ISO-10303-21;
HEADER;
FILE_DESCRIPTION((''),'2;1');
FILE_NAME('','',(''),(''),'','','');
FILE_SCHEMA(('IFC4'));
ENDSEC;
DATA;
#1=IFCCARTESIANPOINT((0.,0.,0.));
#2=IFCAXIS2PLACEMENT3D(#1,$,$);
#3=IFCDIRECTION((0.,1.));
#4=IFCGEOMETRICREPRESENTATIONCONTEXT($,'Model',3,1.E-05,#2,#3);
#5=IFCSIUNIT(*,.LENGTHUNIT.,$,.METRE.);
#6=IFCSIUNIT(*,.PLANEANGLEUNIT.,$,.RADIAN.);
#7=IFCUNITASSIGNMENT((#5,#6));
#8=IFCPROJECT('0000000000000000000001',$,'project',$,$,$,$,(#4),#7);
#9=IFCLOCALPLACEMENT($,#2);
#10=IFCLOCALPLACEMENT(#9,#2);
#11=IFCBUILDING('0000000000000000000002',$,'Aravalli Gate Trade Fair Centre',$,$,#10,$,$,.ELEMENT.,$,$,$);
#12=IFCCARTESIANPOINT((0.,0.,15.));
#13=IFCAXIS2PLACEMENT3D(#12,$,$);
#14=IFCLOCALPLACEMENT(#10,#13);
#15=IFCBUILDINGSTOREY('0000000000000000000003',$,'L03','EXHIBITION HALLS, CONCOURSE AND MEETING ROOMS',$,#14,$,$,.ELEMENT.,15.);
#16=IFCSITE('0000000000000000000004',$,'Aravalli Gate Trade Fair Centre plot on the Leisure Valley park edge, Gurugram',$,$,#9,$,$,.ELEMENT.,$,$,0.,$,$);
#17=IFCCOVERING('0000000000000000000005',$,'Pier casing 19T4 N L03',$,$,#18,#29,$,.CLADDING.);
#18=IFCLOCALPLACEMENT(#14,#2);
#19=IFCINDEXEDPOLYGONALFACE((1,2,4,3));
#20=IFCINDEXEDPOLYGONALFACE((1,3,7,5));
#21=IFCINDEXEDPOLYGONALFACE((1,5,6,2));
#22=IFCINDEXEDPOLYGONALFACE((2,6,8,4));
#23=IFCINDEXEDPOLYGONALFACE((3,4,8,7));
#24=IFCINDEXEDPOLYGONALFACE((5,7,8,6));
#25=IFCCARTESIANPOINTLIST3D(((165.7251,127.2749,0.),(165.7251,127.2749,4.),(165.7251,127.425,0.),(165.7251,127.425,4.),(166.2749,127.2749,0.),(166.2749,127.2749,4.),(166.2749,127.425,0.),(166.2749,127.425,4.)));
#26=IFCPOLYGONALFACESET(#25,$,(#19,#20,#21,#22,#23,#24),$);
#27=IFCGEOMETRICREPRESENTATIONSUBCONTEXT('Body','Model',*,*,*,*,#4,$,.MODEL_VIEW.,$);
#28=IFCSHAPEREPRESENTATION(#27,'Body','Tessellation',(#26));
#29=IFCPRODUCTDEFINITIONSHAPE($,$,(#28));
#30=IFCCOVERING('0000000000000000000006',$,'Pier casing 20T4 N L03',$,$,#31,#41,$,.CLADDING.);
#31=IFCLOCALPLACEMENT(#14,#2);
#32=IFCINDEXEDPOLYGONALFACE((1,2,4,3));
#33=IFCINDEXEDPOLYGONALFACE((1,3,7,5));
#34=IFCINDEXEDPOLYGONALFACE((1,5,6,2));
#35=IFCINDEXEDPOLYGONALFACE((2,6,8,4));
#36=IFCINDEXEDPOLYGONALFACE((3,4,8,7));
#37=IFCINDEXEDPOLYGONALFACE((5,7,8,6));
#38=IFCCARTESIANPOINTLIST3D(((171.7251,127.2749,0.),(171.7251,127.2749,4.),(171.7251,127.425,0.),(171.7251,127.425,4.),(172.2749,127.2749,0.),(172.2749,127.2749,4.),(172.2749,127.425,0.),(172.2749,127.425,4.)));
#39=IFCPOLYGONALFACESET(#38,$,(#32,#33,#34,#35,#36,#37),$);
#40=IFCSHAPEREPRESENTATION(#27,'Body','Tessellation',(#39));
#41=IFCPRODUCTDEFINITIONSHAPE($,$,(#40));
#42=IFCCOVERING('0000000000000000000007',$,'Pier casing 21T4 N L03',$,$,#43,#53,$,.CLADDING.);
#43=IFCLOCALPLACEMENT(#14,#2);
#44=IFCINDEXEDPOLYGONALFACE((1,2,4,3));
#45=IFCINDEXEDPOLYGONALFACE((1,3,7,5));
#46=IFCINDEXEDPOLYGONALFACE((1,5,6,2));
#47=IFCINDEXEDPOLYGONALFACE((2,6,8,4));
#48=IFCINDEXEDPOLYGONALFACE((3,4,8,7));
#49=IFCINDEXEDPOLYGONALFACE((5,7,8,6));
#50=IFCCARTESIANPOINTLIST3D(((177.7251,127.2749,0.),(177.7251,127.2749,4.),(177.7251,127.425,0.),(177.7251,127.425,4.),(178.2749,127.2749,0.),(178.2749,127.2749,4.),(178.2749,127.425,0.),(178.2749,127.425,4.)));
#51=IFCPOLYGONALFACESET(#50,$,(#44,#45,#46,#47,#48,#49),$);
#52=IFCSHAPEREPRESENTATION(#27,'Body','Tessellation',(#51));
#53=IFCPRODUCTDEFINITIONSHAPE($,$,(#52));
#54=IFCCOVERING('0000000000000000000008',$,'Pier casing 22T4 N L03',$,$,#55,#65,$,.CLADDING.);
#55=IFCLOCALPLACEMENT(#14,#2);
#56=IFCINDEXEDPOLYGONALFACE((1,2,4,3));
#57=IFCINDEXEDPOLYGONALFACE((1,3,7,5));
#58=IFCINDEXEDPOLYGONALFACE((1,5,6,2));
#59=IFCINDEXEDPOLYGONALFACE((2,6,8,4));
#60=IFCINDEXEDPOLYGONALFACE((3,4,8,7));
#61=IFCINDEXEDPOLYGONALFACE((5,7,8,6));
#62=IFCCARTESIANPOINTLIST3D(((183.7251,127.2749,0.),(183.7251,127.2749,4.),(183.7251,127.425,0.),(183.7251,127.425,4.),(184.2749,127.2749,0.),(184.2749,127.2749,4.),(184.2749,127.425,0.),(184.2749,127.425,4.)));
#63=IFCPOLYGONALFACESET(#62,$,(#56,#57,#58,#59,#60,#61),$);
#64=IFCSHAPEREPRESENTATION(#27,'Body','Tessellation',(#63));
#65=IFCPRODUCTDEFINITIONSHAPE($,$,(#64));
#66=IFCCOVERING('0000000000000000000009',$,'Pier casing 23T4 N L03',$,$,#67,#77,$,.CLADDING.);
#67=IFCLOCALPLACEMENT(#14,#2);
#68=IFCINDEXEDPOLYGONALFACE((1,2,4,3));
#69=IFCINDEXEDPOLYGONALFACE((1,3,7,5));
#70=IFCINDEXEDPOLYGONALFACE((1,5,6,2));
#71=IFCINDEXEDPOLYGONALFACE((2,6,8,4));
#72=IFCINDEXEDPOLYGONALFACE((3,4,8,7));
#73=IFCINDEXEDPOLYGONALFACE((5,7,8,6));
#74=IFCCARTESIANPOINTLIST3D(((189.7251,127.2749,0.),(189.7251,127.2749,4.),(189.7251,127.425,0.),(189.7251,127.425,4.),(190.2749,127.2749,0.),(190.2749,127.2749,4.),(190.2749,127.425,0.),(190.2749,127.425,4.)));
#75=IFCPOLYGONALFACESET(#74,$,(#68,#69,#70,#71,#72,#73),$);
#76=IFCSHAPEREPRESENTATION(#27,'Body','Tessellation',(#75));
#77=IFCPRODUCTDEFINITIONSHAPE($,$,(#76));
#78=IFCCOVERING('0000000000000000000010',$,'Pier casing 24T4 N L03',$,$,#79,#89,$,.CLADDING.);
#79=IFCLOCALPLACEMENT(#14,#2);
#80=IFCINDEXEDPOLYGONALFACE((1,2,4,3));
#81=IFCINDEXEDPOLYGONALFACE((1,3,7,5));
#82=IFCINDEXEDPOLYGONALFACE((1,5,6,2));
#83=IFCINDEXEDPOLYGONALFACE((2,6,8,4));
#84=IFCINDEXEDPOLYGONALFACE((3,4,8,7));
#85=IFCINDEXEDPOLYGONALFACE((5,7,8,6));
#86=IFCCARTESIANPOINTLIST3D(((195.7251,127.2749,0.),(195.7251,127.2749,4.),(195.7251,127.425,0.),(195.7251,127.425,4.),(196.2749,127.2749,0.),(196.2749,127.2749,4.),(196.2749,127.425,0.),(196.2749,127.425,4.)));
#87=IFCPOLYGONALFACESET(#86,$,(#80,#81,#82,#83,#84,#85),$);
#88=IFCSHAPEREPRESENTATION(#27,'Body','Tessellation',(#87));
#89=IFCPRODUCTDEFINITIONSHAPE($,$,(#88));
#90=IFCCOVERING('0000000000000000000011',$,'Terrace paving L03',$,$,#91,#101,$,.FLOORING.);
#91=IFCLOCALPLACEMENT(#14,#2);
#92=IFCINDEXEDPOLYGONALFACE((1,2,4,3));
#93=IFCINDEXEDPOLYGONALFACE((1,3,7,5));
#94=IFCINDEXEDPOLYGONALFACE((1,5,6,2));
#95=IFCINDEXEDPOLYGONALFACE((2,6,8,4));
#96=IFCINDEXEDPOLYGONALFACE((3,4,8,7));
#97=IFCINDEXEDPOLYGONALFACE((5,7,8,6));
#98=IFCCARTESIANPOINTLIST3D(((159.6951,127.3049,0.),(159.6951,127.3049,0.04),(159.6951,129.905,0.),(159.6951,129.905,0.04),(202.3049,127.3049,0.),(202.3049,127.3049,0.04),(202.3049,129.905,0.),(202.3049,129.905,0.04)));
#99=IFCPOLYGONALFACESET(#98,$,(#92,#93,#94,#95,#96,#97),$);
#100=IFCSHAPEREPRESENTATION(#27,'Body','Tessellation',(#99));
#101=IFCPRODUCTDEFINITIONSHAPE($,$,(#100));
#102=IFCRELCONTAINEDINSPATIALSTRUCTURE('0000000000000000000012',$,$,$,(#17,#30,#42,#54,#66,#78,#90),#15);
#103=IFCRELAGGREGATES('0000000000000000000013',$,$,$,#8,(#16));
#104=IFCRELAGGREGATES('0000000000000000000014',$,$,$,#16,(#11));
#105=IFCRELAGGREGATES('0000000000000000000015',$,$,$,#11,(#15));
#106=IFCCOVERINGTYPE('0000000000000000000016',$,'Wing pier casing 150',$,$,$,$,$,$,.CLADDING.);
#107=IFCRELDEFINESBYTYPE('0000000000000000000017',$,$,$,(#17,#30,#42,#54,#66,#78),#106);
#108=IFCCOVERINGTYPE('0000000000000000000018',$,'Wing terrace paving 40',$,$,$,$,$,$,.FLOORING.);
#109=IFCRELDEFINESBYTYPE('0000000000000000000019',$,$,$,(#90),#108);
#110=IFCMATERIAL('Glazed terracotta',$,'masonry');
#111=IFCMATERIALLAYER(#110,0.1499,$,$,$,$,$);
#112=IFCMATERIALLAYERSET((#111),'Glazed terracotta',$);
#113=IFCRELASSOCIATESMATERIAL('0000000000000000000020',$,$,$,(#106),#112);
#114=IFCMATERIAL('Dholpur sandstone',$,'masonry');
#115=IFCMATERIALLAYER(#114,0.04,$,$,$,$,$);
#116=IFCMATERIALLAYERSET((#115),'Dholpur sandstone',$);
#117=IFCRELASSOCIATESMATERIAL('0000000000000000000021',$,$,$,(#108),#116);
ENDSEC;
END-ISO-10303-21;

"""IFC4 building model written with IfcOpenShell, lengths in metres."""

from ifc_helpers import new_model, si_unit, direction, frame, origin, place, context, subcontext, project, spatial, polyline, outline, extrude, material, layer, layer_set, type_object, element, save


model = new_model("IFC4")

# Units and contexts
model_context = context("Model", 3, precision=1e-05, world=origin(), true_north=direction((0.0, 1.0)))
body_context = subcontext(model_context, "Body", "Model", "MODEL_VIEW")
ifc_project = project(units=[si_unit("LENGTHUNIT", "METRE"), si_unit("PLANEANGLEUNIT", "RADIAN")], contexts=[model_context])

# Site, building, storey
site_placement = place(None, origin())
site = spatial("IfcSite", under=ifc_project, at=site_placement, Name="Aravalli Gate Trade Fair Centre plot on the Leisure Valley park edge, Gurugram", CompositionType="ELEMENT", RefElevation=0.0)
building_placement = place(site_placement, origin())
building = spatial("IfcBuilding", under=site, at=building_placement, Name="Aravalli Gate Trade Fair Centre", CompositionType="ELEMENT")
storey_placement = place(building_placement, frame((0.0, 0.0, 15.0)))
storey = spatial("IfcBuildingStorey", under=building, at=storey_placement, Name="L03", Description="EXHIBITION HALLS, CONCOURSE AND MEETING ROOMS", CompositionType="ELEMENT", Elevation=15.0)

# Coverings
ifc_material_1 = material(Name="Glazed terracotta", Category="masonry")
ifc_layer_1 = layer(ifc_material_1, 0.1499)
ifc_layer_set_1 = layer_set([ifc_layer_1], Name="Glazed terracotta")
covering_type_1 = type_object("IfcCoveringType", Name="Wing pier casing 150", PredefinedType="CLADDING", material=ifc_layer_set_1)
covering_1_placement = place(storey_placement, origin())
element("IfcCovering", 1, at=covering_1_placement, inside=storey, type_object=covering_type_1, Name="Pier casing 19T4 N L03", PredefinedType="CLADDING", context=body_context, shape_type="SweptSolid", body=[
    extrude(outline(polyline([(165.7251, 127.2749), (166.2749, 127.2749), (166.2749, 127.425), (165.7251, 127.425), (165.7251, 127.2749)])), origin(), (0.0, 0.0, 1.0), 4.0),
])
covering_2_placement = place(storey_placement, origin())
element("IfcCovering", 2, at=covering_2_placement, inside=storey, type_object=covering_type_1, Name="Pier casing 20T4 N L03", PredefinedType="CLADDING", context=body_context, shape_type="SweptSolid", body=[
    extrude(outline(polyline([(171.7251, 127.2749), (172.2749, 127.2749), (172.2749, 127.425), (171.7251, 127.425), (171.7251, 127.2749)])), origin(), (0.0, 0.0, 1.0), 4.0),
])
covering_3_placement = place(storey_placement, origin())
element("IfcCovering", 3, at=covering_3_placement, inside=storey, type_object=covering_type_1, Name="Pier casing 21T4 N L03", PredefinedType="CLADDING", context=body_context, shape_type="SweptSolid", body=[
    extrude(outline(polyline([(177.7251, 127.2749), (178.2749, 127.2749), (178.2749, 127.425), (177.7251, 127.425), (177.7251, 127.2749)])), origin(), (0.0, 0.0, 1.0), 4.0),
])
covering_4_placement = place(storey_placement, origin())
element("IfcCovering", 4, at=covering_4_placement, inside=storey, type_object=covering_type_1, Name="Pier casing 22T4 N L03", PredefinedType="CLADDING", context=body_context, shape_type="SweptSolid", body=[
    extrude(outline(polyline([(183.7251, 127.2749), (184.2749, 127.2749), (184.2749, 127.425), (183.7251, 127.425), (183.7251, 127.2749)])), origin(), (0.0, 0.0, 1.0), 4.0),
])
covering_5_placement = place(storey_placement, origin())
element("IfcCovering", 5, at=covering_5_placement, inside=storey, type_object=covering_type_1, Name="Pier casing 23T4 N L03", PredefinedType="CLADDING", context=body_context, shape_type="SweptSolid", body=[
    extrude(outline(polyline([(189.7251, 127.2749), (190.2749, 127.2749), (190.2749, 127.425), (189.7251, 127.425), (189.7251, 127.2749)])), origin(), (0.0, 0.0, 1.0), 4.0),
])
covering_6_placement = place(storey_placement, origin())
element("IfcCovering", 6, at=covering_6_placement, inside=storey, type_object=covering_type_1, Name="Pier casing 24T4 N L03", PredefinedType="CLADDING", context=body_context, shape_type="SweptSolid", body=[
    extrude(outline(polyline([(195.7251, 127.2749), (196.2749, 127.2749), (196.2749, 127.425), (195.7251, 127.425), (195.7251, 127.2749)])), origin(), (0.0, 0.0, 1.0), 4.0),
])
ifc_material_2 = material(Name="Dholpur sandstone", Category="masonry")
ifc_layer_2 = layer(ifc_material_2, 0.04)
ifc_layer_set_2 = layer_set([ifc_layer_2], Name="Dholpur sandstone")
covering_type_2 = type_object("IfcCoveringType", Name="Wing terrace paving 40", PredefinedType="FLOORING", material=ifc_layer_set_2)
covering_7_placement = place(storey_placement, origin())
element("IfcCovering", 7, at=covering_7_placement, inside=storey, type_object=covering_type_2, Name="Terrace paving L03", PredefinedType="FLOORING", context=body_context, shape_type="SweptSolid", body=[
    extrude(outline(polyline([(202.3049, 127.3049), (159.6951, 127.3049), (159.6951, 129.905), (202.3049, 129.905), (202.3049, 127.3049)])), origin(), (0.0, 0.0, 1.0), 0.04),
])

save(model, "model.ifc")
